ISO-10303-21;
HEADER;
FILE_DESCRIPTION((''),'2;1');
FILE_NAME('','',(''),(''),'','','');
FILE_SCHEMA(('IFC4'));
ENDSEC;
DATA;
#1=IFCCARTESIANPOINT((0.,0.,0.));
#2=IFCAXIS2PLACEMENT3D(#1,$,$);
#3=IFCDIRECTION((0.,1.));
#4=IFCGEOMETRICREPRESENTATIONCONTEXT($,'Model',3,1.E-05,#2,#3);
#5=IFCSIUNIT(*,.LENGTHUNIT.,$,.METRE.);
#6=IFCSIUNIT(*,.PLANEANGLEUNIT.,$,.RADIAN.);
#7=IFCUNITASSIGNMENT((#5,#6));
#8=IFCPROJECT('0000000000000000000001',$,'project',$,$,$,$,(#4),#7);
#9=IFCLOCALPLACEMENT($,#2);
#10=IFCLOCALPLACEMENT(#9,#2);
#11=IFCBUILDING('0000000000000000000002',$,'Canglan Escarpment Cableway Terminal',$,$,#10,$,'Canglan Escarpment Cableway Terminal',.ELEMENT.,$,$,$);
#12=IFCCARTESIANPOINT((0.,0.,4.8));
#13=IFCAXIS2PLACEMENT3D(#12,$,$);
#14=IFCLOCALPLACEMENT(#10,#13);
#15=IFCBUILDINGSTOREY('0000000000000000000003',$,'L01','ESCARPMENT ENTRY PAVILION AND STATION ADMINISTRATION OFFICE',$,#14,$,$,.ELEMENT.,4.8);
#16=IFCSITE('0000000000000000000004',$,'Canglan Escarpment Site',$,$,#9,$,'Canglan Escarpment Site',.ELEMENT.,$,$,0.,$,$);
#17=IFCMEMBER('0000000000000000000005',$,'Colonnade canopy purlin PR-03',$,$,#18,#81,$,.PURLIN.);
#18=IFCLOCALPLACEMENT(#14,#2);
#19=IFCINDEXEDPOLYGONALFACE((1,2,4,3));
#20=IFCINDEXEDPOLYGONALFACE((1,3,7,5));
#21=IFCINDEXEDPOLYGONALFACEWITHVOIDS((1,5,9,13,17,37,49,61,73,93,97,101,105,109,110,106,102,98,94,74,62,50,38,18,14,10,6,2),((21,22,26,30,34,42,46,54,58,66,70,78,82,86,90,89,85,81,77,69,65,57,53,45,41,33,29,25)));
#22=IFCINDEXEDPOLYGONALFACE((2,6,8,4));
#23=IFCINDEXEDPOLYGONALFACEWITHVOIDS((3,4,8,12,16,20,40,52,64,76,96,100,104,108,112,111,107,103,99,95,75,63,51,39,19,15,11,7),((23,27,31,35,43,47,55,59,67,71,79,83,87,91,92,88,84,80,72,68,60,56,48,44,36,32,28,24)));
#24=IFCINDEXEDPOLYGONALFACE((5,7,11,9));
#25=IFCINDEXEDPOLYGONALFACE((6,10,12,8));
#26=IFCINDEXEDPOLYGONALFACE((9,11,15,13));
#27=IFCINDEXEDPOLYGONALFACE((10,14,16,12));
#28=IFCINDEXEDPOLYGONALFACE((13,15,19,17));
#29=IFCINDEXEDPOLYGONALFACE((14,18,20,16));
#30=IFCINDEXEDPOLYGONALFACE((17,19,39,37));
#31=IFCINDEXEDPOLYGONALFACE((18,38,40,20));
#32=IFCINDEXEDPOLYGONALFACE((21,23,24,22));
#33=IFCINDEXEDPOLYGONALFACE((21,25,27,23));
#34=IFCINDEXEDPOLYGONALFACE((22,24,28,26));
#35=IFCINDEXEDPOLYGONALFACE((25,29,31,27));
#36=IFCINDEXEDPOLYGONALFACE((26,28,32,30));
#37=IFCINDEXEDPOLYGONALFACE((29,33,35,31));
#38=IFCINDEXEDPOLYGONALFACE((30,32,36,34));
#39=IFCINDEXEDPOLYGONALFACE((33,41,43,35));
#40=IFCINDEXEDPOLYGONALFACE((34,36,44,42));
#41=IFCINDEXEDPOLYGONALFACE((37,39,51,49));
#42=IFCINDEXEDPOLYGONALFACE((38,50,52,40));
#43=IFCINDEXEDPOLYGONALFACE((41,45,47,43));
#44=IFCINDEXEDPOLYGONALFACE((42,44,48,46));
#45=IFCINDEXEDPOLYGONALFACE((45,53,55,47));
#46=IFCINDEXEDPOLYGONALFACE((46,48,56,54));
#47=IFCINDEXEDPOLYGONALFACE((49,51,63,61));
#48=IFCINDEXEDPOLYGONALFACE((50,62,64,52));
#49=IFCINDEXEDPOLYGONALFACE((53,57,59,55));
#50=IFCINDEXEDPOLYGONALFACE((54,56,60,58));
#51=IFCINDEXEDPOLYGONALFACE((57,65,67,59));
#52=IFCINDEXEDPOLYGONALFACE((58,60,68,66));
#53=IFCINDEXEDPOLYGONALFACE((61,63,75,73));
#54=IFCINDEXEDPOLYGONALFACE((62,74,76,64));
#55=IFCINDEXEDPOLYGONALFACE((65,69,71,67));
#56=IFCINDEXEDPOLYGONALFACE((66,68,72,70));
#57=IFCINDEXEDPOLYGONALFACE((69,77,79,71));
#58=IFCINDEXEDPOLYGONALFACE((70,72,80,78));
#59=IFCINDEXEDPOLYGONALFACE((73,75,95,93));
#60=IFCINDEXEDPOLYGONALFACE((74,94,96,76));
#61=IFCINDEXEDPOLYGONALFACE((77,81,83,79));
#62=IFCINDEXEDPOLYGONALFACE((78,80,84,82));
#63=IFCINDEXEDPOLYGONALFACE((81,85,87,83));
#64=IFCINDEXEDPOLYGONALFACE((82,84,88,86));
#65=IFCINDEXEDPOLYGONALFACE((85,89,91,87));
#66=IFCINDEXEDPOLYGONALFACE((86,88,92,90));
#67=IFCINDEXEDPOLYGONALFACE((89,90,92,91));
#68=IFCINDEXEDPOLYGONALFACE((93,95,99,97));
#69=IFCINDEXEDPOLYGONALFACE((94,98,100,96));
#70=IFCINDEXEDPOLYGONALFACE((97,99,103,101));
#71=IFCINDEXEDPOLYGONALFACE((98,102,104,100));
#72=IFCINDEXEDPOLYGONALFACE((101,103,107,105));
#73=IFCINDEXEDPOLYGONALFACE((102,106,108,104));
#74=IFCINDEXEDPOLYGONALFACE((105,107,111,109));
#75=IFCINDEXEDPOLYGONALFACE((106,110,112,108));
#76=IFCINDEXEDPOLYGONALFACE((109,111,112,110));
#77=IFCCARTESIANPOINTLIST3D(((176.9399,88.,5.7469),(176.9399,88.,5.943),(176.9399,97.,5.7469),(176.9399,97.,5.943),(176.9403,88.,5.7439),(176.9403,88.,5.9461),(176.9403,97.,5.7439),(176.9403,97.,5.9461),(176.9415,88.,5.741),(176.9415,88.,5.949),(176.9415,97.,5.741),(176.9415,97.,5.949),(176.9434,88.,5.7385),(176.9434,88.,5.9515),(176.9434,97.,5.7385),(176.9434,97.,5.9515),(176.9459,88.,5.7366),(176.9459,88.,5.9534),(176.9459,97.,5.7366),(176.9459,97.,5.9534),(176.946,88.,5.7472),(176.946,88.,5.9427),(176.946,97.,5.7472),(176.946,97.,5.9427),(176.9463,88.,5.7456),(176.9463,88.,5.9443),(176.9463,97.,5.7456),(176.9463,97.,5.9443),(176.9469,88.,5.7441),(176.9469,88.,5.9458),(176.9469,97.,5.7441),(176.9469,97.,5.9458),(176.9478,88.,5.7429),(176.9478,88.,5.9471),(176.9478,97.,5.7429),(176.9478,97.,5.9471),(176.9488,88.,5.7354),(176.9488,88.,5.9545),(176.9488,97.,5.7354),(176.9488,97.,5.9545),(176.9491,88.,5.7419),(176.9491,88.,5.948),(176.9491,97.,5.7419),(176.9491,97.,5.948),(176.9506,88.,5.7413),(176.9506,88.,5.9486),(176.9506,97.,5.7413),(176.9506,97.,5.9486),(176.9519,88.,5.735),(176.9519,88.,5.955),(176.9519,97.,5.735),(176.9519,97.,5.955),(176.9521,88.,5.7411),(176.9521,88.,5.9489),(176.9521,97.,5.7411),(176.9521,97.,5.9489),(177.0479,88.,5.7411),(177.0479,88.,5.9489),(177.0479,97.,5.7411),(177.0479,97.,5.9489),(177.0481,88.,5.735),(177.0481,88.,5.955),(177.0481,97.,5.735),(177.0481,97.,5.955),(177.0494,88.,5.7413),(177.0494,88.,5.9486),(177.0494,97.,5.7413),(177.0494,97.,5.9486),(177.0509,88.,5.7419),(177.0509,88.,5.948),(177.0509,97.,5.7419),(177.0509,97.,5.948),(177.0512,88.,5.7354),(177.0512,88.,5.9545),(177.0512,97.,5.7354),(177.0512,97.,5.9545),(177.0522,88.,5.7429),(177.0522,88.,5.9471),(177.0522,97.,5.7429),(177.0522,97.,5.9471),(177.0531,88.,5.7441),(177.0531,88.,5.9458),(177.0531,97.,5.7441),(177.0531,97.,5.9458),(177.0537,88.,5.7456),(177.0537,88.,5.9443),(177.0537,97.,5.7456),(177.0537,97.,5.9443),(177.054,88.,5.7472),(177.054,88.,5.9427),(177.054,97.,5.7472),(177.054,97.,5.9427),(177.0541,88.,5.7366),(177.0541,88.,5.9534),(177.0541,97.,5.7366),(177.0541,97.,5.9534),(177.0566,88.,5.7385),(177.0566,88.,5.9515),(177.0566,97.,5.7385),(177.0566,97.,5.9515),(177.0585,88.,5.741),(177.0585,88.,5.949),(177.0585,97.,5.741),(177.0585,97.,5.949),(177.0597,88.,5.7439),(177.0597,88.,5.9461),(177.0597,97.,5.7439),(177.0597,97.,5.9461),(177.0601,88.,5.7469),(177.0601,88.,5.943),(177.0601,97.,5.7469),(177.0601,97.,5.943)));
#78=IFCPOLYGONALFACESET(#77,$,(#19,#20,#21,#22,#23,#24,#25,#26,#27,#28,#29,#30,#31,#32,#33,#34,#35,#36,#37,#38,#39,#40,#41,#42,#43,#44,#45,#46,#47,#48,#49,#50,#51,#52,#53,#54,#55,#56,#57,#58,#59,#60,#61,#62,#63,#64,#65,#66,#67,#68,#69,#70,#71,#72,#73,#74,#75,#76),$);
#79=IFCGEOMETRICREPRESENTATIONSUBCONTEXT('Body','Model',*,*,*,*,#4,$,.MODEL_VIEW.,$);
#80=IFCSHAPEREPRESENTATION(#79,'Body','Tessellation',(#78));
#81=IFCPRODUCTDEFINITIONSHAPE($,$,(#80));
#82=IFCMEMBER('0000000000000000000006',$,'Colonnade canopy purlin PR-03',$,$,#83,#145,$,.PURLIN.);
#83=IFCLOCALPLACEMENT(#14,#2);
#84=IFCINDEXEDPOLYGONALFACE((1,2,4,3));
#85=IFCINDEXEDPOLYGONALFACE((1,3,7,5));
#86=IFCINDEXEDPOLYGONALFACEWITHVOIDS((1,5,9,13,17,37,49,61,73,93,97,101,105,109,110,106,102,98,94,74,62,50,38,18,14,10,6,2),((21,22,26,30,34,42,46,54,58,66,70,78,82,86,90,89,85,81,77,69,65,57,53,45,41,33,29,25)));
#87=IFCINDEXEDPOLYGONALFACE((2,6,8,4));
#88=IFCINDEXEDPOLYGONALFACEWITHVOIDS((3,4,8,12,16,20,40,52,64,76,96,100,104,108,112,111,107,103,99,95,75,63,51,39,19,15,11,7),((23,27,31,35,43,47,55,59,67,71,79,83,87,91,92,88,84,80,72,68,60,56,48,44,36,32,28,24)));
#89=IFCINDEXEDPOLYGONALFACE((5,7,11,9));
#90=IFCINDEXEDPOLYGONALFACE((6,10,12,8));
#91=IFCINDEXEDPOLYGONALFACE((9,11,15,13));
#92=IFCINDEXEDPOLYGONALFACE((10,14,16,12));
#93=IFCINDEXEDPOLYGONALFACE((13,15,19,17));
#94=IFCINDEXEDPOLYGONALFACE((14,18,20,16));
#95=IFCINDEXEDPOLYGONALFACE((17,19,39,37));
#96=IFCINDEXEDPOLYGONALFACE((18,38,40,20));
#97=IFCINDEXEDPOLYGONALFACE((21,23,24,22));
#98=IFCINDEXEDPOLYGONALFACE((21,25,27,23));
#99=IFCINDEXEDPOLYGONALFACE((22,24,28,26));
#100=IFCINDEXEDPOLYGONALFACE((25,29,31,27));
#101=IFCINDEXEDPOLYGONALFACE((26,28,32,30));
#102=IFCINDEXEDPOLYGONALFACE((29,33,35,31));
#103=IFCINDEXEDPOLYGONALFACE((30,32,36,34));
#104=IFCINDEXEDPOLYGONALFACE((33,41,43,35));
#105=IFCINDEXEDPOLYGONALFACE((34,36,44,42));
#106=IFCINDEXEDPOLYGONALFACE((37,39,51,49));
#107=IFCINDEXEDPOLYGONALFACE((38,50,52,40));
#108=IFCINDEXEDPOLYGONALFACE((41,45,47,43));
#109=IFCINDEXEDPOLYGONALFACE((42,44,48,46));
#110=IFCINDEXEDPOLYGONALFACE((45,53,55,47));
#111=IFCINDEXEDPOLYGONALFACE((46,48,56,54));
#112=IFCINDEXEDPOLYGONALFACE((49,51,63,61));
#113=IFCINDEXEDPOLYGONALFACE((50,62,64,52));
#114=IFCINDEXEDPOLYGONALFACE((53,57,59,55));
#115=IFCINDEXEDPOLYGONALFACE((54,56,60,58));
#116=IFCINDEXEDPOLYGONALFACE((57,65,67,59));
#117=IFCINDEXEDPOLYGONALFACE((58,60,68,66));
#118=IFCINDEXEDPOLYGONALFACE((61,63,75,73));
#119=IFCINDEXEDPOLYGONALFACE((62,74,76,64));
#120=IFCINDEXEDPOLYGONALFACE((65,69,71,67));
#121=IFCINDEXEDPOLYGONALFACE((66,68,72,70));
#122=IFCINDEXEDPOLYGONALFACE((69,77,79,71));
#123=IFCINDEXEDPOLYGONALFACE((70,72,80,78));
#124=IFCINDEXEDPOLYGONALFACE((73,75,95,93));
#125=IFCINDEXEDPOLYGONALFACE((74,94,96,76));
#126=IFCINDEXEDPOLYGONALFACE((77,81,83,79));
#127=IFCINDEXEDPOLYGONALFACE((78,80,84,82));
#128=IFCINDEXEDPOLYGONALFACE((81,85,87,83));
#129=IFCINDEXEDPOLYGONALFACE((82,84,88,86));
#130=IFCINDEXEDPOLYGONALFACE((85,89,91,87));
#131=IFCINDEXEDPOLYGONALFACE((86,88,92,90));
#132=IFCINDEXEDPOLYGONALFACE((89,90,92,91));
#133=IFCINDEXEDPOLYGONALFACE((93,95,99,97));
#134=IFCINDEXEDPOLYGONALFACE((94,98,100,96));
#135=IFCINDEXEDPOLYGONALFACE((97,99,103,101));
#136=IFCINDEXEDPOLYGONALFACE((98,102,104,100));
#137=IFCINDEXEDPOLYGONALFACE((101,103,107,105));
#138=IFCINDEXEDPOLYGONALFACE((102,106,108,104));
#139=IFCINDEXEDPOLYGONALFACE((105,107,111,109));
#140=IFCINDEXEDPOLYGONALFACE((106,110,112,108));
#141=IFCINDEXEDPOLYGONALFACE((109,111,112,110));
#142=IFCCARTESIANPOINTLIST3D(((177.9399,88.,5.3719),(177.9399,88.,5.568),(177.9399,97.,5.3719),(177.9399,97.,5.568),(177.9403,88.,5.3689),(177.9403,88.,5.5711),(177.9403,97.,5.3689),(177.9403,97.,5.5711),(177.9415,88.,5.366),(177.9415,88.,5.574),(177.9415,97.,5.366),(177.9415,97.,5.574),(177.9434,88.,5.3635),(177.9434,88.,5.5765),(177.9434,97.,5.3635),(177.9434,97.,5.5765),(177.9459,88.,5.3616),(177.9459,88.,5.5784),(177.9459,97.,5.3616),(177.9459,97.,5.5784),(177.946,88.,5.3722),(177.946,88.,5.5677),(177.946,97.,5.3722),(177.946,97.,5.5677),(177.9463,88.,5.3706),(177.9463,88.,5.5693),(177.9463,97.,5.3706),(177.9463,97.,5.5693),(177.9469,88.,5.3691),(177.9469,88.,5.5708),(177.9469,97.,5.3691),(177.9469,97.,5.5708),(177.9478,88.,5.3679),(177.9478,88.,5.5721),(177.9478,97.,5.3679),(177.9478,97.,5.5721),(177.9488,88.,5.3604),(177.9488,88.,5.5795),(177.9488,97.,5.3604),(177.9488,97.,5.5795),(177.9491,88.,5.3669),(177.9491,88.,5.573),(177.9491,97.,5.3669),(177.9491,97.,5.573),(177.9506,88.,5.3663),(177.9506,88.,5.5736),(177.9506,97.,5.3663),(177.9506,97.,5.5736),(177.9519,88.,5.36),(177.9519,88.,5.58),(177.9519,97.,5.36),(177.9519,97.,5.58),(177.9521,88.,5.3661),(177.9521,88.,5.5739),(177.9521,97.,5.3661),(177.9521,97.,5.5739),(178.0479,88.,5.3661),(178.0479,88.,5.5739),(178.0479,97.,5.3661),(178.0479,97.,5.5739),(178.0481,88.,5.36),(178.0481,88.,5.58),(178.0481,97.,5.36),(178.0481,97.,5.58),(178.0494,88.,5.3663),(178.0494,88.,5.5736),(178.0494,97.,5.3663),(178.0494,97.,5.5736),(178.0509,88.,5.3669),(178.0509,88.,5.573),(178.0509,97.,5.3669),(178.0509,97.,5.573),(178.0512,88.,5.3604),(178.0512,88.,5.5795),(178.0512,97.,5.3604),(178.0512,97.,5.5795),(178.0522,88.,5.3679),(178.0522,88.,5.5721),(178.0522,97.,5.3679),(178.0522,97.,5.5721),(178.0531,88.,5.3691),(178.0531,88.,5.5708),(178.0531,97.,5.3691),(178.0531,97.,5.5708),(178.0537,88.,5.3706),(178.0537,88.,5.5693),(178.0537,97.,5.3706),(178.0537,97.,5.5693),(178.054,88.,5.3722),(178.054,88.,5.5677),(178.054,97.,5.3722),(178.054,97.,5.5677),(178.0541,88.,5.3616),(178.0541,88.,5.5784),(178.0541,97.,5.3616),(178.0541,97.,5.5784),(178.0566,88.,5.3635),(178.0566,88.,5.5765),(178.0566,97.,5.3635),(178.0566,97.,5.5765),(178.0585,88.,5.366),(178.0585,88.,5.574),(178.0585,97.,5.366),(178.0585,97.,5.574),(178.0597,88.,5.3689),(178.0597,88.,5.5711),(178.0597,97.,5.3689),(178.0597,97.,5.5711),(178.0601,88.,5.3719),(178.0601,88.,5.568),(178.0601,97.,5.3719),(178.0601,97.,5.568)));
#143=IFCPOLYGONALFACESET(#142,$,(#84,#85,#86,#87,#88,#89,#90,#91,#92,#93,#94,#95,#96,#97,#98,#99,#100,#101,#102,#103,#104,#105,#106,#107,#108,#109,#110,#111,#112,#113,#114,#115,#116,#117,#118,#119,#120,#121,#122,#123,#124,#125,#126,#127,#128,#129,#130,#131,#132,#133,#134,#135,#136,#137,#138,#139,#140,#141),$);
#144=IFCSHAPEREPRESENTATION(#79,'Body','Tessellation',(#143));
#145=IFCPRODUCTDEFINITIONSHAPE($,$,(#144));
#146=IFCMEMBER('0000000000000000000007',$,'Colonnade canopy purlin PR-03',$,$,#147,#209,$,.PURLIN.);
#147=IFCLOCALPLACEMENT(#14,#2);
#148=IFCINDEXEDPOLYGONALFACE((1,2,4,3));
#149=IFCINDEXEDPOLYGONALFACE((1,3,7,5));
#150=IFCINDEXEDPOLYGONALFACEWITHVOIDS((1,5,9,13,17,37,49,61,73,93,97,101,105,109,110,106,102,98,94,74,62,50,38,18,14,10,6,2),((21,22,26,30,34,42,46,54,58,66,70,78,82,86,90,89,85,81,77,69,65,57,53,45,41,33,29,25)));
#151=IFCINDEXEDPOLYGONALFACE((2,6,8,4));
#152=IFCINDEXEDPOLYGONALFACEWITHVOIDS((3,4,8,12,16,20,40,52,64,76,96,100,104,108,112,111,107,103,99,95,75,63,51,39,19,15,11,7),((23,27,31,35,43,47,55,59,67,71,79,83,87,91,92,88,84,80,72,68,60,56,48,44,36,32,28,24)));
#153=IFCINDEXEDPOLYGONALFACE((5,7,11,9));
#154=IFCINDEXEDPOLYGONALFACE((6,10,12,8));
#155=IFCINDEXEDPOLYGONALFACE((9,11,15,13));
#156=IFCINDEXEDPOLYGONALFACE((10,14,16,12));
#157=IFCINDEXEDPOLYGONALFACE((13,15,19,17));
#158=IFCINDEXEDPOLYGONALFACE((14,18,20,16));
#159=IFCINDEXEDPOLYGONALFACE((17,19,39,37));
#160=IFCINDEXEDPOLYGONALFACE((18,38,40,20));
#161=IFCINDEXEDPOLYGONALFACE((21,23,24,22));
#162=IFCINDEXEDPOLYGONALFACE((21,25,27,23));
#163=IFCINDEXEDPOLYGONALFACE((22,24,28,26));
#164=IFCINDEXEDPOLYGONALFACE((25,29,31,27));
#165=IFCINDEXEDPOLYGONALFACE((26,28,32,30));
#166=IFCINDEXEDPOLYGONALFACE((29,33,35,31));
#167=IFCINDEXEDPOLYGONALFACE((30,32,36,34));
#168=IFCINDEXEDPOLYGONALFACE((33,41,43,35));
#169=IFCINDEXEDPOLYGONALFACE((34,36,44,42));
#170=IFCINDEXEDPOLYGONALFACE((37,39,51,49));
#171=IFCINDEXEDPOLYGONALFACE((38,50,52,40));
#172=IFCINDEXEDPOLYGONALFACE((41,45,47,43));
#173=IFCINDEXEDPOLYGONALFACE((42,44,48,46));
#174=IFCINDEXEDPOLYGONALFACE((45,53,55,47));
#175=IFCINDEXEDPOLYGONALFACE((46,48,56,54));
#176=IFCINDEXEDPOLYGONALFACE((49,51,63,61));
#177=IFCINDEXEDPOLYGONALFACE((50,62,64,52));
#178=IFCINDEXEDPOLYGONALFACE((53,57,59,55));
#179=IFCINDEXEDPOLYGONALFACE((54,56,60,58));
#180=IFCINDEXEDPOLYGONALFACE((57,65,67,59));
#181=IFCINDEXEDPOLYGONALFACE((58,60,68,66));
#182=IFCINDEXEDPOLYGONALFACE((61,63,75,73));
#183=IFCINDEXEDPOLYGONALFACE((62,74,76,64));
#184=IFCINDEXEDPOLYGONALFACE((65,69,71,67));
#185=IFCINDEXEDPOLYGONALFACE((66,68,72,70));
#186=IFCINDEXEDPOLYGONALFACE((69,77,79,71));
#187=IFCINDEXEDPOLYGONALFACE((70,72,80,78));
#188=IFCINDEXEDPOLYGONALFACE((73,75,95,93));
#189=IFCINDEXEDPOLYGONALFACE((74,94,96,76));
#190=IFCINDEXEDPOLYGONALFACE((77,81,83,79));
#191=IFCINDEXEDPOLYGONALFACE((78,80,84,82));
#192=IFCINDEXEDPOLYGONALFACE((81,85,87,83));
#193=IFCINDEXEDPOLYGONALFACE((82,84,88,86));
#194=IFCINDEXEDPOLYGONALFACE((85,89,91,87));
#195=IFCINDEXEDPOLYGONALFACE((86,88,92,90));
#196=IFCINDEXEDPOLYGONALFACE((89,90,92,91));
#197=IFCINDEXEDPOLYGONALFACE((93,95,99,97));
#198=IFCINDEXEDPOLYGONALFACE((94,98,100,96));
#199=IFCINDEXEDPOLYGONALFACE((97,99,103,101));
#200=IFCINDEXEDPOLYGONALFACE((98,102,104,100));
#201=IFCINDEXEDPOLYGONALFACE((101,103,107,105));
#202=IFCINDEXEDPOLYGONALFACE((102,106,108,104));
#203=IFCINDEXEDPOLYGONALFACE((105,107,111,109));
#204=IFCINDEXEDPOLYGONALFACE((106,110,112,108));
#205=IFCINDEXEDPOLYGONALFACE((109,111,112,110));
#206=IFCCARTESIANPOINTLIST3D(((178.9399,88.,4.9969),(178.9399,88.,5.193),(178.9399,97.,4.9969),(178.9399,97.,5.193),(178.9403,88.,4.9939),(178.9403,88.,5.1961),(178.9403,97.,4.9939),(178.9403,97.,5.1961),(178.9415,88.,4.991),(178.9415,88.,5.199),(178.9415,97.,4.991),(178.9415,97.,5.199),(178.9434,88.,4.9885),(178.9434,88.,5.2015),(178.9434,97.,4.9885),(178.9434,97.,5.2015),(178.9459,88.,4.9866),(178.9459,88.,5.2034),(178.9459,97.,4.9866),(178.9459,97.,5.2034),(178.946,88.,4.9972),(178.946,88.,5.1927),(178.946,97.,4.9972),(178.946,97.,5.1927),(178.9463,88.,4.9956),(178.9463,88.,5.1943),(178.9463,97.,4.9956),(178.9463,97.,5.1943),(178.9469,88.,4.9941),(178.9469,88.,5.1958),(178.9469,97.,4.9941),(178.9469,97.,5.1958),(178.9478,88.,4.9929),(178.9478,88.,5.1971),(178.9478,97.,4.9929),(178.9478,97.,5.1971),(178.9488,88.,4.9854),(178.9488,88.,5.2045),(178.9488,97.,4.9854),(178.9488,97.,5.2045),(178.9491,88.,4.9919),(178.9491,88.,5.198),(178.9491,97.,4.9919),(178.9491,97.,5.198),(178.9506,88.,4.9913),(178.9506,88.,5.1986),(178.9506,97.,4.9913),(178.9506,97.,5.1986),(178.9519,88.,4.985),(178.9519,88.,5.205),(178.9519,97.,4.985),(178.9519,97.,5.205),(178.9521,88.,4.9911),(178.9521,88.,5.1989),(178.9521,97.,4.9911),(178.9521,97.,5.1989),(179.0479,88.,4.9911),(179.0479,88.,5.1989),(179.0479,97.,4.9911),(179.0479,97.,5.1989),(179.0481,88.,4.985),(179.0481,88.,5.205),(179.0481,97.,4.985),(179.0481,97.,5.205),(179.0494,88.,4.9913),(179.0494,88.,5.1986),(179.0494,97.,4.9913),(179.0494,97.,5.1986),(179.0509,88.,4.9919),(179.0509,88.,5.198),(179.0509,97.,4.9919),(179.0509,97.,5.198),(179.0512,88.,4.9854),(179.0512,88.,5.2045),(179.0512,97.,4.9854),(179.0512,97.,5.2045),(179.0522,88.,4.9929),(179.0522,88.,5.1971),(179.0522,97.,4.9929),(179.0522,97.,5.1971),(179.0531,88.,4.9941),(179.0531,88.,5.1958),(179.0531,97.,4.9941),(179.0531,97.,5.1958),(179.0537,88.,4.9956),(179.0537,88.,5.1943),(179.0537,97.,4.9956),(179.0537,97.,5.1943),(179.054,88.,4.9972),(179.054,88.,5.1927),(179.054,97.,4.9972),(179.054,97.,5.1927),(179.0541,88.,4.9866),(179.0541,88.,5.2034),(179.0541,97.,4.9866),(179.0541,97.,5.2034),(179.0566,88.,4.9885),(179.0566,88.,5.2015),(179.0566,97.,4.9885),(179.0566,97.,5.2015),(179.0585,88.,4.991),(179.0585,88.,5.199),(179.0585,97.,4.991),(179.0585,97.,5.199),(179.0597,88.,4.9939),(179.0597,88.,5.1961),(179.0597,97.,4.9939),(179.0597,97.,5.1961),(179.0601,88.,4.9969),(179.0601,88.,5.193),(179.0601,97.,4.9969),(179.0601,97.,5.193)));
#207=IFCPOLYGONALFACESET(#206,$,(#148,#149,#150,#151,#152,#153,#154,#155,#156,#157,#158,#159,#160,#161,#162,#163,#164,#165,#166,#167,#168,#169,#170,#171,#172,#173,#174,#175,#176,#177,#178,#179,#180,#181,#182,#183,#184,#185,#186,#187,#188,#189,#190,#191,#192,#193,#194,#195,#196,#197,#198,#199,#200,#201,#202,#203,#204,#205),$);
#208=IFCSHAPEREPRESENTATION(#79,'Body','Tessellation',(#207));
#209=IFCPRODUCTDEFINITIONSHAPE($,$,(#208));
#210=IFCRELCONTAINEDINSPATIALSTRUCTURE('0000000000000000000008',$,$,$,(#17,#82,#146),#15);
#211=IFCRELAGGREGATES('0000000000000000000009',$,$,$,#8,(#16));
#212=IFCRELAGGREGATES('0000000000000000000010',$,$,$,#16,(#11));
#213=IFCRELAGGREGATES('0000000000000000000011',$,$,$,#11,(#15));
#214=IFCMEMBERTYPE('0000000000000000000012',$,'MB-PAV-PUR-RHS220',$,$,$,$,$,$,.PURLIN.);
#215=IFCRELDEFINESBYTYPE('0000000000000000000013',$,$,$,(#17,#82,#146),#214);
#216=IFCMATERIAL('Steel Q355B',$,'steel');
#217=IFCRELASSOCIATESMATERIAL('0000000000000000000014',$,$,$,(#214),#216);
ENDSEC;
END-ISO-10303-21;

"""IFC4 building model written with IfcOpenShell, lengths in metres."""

from ifc_helpers import new_model, si_unit, direction, frame, origin, origin_2d, place, context, subcontext, project, spatial, hollow_rectangle, extrude, material, material_profile, profile_set, type_object, element, save


model = new_model("IFC4")

# Units and contexts
model_context = context("Model", 3, precision=1e-05, world=origin(), true_north=direction((0.0, 1.0)))
body_context = subcontext(model_context, "Body", "Model", "MODEL_VIEW")
ifc_project = project(units=[si_unit("LENGTHUNIT", "METRE"), si_unit("PLANEANGLEUNIT", "RADIAN")], contexts=[model_context])

# Site, building, storey
site_placement = place(None, origin())
site = spatial("IfcSite", under=ifc_project, at=site_placement, Name="Canglan Escarpment Site", LongName="Canglan Escarpment Site", CompositionType="ELEMENT", RefElevation=0.0)
building_placement = place(site_placement, origin())
building = spatial("IfcBuilding", under=site, at=building_placement, Name="Canglan Escarpment Cableway Terminal", LongName="Canglan Escarpment Cableway Terminal", CompositionType="ELEMENT")
storey_placement = place(building_placement, frame((0.0, 0.0, 4.8)))
storey = spatial("IfcBuildingStorey", under=building, at=storey_placement, Name="L01", Description="ESCARPMENT ENTRY PAVILION AND STATION ADMINISTRATION OFFICE", CompositionType="ELEMENT", Elevation=4.8)

# Shared definitions
ifc_material_1 = material(Name="Steel Q355B", Category="steel")

# Members
ifc_material_profile_1 = material_profile(ifc_material_1, hollow_rectangle(XDim=0.1201, YDim=0.22, WallThickness=0.0061, InnerFilletRadius=0.0061, OuterFilletRadius=0.012, at=origin_2d()), Name="RHS 220x120x6")
ifc_profile_set_1 = profile_set([ifc_material_profile_1], Name="Steel Q355B")
member_type_1 = type_object("IfcMemberType", Name="MB-PAV-PUR-RHS220", PredefinedType="PURLIN", material=ifc_profile_set_1)
for number, where, z_axis, x_axis, name in (
    (1, (177.0, 88.0, 5.845), (0.0, 1.0, 0.0), (-1.0, 0.0, 0.0), "Colonnade canopy purlin PR-03"),
    (2, (178.0, 88.0, 5.47), (0.0, 1.0, 0.0), (-1.0, 0.0, 0.0), "Colonnade canopy purlin PR-03"),
    (3, (179.0, 88.0, 5.095), (0.0, 1.0, 0.0), (-1.0, 0.0, 0.0), "Colonnade canopy purlin PR-03"),
):
    element("IfcMember", number, at=place(storey_placement, frame(where, z_axis=z_axis, x_axis=x_axis)), inside=storey, type_object=member_type_1, Name=name, PredefinedType="PURLIN", context=body_context, shape_type="SweptSolid", body=[
        extrude(hollow_rectangle(XDim=0.1201, YDim=0.22, WallThickness=0.0061, InnerFilletRadius=0.0061, OuterFilletRadius=0.012, at=origin_2d()), origin(), (0.0, 0.0, 1.0), 9.0),
    ])

save(model, "model.ifc")
